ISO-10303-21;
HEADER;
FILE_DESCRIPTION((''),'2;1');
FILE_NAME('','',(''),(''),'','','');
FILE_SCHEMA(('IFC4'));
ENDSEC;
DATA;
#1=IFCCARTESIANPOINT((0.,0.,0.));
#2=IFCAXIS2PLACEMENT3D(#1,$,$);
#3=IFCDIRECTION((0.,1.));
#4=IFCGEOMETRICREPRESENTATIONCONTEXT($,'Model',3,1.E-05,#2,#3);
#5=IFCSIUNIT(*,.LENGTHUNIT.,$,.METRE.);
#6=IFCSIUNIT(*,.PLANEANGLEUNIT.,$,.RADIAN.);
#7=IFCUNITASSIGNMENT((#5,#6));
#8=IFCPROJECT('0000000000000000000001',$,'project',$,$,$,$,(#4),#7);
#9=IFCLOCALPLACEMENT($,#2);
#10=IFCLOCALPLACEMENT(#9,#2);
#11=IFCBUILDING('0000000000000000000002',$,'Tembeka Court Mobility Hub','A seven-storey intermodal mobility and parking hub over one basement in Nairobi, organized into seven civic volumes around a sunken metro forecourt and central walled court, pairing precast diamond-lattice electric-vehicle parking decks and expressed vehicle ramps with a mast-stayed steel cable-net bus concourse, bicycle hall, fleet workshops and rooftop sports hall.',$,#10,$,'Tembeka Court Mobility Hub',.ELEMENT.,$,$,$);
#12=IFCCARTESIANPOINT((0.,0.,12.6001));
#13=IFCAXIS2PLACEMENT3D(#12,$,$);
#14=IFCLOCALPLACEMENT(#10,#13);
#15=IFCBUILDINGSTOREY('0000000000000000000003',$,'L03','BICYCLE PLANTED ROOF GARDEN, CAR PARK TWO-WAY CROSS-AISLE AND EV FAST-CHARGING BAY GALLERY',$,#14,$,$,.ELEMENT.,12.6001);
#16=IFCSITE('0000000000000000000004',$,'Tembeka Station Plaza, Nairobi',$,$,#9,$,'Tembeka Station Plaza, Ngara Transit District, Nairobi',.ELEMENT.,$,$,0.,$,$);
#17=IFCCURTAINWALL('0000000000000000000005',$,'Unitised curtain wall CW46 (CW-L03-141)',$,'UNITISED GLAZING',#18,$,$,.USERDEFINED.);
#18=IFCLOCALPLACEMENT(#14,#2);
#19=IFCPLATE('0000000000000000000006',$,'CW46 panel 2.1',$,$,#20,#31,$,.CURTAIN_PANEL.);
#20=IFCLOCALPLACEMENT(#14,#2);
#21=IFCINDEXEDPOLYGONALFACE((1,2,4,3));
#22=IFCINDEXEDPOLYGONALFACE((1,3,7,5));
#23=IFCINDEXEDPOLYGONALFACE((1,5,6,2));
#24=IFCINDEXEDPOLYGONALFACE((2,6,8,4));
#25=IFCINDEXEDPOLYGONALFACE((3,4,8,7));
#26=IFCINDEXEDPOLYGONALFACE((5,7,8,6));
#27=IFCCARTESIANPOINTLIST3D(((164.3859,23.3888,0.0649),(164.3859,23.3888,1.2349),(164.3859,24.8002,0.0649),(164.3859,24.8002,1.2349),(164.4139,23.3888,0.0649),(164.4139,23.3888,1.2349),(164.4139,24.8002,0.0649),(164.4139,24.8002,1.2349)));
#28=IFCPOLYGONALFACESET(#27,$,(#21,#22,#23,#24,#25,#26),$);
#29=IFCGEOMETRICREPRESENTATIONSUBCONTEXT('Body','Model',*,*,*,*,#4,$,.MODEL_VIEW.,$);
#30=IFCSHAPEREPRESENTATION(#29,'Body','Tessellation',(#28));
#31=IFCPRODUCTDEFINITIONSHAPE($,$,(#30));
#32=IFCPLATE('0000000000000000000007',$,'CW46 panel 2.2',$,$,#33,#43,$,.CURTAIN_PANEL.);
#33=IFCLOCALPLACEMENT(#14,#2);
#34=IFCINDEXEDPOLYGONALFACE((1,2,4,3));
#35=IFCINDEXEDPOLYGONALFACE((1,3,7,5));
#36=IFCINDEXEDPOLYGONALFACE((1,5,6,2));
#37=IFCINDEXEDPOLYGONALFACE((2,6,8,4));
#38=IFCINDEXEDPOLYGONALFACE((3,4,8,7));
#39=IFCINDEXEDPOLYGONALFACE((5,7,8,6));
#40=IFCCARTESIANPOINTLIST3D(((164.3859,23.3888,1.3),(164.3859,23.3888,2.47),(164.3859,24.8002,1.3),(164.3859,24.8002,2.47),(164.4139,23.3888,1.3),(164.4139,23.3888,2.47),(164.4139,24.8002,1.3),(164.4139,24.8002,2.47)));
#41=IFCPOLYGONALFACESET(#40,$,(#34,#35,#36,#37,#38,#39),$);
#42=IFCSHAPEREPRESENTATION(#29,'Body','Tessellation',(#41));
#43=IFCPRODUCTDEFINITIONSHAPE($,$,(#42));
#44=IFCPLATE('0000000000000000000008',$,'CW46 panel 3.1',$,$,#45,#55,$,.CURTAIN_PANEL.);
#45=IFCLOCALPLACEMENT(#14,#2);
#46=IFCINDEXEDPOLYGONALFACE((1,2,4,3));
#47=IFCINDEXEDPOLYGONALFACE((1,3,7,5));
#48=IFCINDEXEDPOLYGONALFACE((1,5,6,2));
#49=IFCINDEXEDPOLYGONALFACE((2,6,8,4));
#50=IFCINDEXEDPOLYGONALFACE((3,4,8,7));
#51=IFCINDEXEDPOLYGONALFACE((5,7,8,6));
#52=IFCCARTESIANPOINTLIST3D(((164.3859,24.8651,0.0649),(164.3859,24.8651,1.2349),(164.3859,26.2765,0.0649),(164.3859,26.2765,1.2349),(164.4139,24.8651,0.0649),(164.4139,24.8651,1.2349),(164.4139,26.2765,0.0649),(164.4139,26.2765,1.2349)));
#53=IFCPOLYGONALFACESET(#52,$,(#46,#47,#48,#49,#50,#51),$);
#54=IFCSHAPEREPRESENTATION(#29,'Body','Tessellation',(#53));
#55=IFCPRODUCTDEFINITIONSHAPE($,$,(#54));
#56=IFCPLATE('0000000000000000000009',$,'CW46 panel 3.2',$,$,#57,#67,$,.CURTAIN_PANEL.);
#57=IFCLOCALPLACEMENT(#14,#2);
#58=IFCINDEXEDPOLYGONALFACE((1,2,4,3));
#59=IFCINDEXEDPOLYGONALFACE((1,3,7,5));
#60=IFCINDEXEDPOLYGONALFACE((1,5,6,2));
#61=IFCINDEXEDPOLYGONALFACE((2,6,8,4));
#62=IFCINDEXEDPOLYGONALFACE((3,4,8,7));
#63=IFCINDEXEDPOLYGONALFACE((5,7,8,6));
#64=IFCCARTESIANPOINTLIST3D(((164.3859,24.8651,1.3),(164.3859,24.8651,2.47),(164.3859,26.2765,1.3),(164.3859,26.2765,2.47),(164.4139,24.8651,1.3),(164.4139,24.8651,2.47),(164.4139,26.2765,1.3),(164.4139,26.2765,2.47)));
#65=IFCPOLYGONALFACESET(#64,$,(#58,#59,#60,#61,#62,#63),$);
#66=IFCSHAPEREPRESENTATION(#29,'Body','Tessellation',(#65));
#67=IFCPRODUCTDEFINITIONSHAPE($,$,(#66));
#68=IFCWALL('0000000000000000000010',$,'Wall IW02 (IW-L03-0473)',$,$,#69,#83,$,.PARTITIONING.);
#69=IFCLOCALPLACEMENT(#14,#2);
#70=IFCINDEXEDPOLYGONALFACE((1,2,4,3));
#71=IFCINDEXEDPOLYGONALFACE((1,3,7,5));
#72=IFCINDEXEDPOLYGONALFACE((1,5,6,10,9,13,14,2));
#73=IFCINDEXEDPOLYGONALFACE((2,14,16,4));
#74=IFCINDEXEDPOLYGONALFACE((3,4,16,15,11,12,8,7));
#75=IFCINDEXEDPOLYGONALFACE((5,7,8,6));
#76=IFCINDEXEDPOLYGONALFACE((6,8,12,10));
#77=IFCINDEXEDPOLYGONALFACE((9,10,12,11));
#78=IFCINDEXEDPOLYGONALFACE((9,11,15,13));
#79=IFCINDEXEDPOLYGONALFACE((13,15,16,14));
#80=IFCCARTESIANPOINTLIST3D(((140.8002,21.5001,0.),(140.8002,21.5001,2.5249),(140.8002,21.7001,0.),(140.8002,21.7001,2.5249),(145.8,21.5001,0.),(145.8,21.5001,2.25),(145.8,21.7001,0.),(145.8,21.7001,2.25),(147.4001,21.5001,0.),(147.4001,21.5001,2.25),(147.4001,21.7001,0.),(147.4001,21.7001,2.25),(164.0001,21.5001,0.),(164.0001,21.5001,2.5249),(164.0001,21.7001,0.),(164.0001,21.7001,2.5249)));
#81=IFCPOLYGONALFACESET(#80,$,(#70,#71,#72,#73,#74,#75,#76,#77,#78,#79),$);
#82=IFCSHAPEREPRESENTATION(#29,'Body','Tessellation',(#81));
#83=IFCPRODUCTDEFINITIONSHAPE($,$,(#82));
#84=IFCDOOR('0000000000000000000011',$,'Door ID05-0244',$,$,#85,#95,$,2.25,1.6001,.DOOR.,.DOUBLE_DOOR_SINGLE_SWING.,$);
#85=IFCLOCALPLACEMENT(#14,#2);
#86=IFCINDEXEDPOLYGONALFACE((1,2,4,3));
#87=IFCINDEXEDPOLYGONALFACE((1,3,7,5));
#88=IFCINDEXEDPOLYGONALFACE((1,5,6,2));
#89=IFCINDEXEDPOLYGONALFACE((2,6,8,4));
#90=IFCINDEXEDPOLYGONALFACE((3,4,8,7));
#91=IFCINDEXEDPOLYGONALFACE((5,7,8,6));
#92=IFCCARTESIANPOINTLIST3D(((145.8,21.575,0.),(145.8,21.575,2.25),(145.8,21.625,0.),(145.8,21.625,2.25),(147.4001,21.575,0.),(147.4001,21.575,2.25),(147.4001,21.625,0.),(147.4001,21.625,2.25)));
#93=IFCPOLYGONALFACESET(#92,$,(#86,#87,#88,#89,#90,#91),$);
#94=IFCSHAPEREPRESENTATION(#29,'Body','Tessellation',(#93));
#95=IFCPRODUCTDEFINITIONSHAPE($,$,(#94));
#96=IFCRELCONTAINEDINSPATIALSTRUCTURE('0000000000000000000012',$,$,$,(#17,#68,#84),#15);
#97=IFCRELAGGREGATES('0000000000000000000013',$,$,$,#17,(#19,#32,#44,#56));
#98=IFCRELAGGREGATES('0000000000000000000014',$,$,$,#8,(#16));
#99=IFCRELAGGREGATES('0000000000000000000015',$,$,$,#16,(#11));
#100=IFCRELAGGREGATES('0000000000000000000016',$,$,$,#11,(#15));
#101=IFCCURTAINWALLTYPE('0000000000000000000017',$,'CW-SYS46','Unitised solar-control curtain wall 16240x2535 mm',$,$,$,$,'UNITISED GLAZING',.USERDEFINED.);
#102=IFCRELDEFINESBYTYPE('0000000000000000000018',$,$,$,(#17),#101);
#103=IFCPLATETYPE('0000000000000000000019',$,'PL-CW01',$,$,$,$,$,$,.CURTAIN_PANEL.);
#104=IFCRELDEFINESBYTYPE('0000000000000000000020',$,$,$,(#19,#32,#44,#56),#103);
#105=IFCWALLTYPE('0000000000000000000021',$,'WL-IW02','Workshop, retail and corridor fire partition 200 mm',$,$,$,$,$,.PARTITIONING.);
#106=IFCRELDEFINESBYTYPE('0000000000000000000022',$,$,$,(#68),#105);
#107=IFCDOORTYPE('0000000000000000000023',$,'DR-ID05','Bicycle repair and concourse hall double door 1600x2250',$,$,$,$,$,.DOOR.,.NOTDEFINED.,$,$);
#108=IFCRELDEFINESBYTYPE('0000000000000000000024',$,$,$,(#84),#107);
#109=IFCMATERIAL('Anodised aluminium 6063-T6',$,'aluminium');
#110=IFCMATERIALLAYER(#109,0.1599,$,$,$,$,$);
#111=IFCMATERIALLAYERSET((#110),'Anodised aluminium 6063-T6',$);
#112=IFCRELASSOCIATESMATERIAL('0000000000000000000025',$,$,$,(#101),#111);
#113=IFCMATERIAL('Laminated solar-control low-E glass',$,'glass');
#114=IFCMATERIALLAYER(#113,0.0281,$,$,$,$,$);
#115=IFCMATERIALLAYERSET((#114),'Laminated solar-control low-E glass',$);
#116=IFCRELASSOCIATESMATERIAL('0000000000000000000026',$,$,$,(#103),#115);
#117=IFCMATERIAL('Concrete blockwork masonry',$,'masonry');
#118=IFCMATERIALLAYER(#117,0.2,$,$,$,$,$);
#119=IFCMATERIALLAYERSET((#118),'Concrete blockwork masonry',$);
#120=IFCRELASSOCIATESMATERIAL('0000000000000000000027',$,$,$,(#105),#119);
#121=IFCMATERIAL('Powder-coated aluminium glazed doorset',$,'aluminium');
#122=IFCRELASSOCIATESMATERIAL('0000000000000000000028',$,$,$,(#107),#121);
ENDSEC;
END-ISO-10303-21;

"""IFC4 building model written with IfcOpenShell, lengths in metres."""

from ifc_helpers import new_model, si_unit, direction, frame, frame_2d, origin, origin_2d, place, context, subcontext, project, spatial, rectangle, extrude, material, layer, layer_set, type_object, element, fill, aggregate, save


model = new_model("IFC4")

# Units and contexts
model_context = context("Model", 3, precision=1e-05, world=origin(), true_north=direction((0.0, 1.0)))
body_context = subcontext(model_context, "Body", "Model", "MODEL_VIEW")
ifc_project = project(units=[si_unit("LENGTHUNIT", "METRE"), si_unit("PLANEANGLEUNIT", "RADIAN")], contexts=[model_context])

# Site, building, storey
site_placement = place(None, origin())
site = spatial("IfcSite", under=ifc_project, at=site_placement, Name="Tembeka Station Plaza, Nairobi", LongName="Tembeka Station Plaza, Ngara Transit District, Nairobi", CompositionType="ELEMENT", RefElevation=0.0)
building_placement = place(site_placement, origin())
building = spatial("IfcBuilding", under=site, at=building_placement, Name="Tembeka Court Mobility Hub", Description="A seven-storey intermodal mobility and parking hub over one basement in Nairobi, organized into seven civic volumes around a sunken metro forecourt and central walled court, pairing precast diamond-lattice electric-vehicle parking decks and expressed vehicle ramps with a mast-stayed steel cable-net bus concourse, bicycle hall, fleet workshops and rooftop sports hall.", LongName="Tembeka Court Mobility Hub", CompositionType="ELEMENT")
storey_placement = place(building_placement, frame((0.0, 0.0, 12.6001)))
storey = spatial("IfcBuildingStorey", under=building, at=storey_placement, Name="L03", Description="BICYCLE PLANTED ROOF GARDEN, CAR PARK TWO-WAY CROSS-AISLE AND EV FAST-CHARGING BAY GALLERY", CompositionType="ELEMENT", Elevation=12.6001)

# Curtain wall, plates
ifc_material_1 = material(Name="Anodised aluminium 6063-T6", Category="aluminium")
ifc_layer_1 = layer(ifc_material_1, 0.1599)
ifc_layer_set_1 = layer_set([ifc_layer_1], Name="Anodised aluminium 6063-T6")
curtain_wall_type = type_object("IfcCurtainWallType", Name="CW-SYS46", Description="Unitised solar-control curtain wall 16240x2535 mm", ElementType="UNITISED GLAZING", PredefinedType="USERDEFINED", material=ifc_layer_set_1)
curtain_wall_placement = place(storey_placement, origin())
curtain_wall = element("IfcCurtainWall", 1, at=curtain_wall_placement, inside=storey, type_object=curtain_wall_type, Name="Unitised curtain wall CW46 (CW-L03-141)", ObjectType="UNITISED GLAZING", PredefinedType="USERDEFINED")
ifc_material_2 = material(Name="Laminated solar-control low-E glass", Category="glass")
ifc_layer_2 = layer(ifc_material_2, 0.0281)
ifc_layer_set_2 = layer_set([ifc_layer_2], Name="Laminated solar-control low-E glass")
plate_type = type_object("IfcPlateType", Name="PL-CW01", PredefinedType="CURTAIN_PANEL", material=ifc_layer_set_2)
plate_1_placement = place(storey_placement, frame((164.3999, 24.0945, 0.0649), z_axis=(0.0, 0.0, 1.0), x_axis=(0.0, 1.0, 0.0)))
plate_1 = element("IfcPlate", 2, at=plate_1_placement, type_object=plate_type, Name="CW46 panel 2.1", PredefinedType="CURTAIN_PANEL", context=body_context, shape_type="SweptSolid", body=[
    extrude(rectangle(XDim=1.4114, YDim=0.0281, at=origin_2d()), origin(), (0.0, 0.0, 1.0), 1.1699),
])
plate_2_placement = place(storey_placement, frame((164.3999, 24.0945, 1.3), z_axis=(0.0, 0.0, 1.0), x_axis=(0.0, 1.0, 0.0)))
plate_2 = element("IfcPlate", 3, at=plate_2_placement, type_object=plate_type, Name="CW46 panel 2.2", PredefinedType="CURTAIN_PANEL", context=body_context, shape_type="SweptSolid", body=[
    extrude(rectangle(XDim=1.4114, YDim=0.0281, at=origin_2d()), origin(), (0.0, 0.0, 1.0), 1.1699),
])
plate_3_placement = place(storey_placement, frame((164.3999, 25.5708, 0.0649), z_axis=(0.0, 0.0, 1.0), x_axis=(0.0, 1.0, 0.0)))
plate_3 = element("IfcPlate", 4, at=plate_3_placement, type_object=plate_type, Name="CW46 panel 3.1", PredefinedType="CURTAIN_PANEL", context=body_context, shape_type="SweptSolid", body=[
    extrude(rectangle(XDim=1.4114, YDim=0.0281, at=origin_2d()), origin(), (0.0, 0.0, 1.0), 1.1699),
])
plate_4_placement = place(storey_placement, frame((164.3999, 25.5708, 1.3), z_axis=(0.0, 0.0, 1.0), x_axis=(0.0, 1.0, 0.0)))
plate_4 = element("IfcPlate", 5, at=plate_4_placement, type_object=plate_type, Name="CW46 panel 3.2", PredefinedType="CURTAIN_PANEL", context=body_context, shape_type="SweptSolid", body=[
    extrude(rectangle(XDim=1.4114, YDim=0.0281, at=origin_2d()), origin(), (0.0, 0.0, 1.0), 1.1699),
])
aggregate(curtain_wall, [plate_1, plate_2, plate_3, plate_4])

# Wall, opening, door
ifc_material_3 = material(Name="Concrete blockwork masonry", Category="masonry")
ifc_layer_3 = layer(ifc_material_3, 0.2)
ifc_layer_set_3 = layer_set([ifc_layer_3], Name="Concrete blockwork masonry")
wall_type = type_object("IfcWallType", Name="WL-IW02", Description="Workshop, retail and corridor fire partition 200 mm", PredefinedType="PARTITIONING", material=ifc_layer_set_3)
wall_placement = place(storey_placement, frame((140.8, 21.6001, 0.0), z_axis=(0.0, 0.0, 1.0), x_axis=(1.0, 0.0, 0.0)))
wall = element("IfcWall", 6, at=wall_placement, inside=storey, type_object=wall_type, Name="Wall IW02 (IW-L03-0473)", PredefinedType="PARTITIONING", context=body_context, shape_type="SweptSolid", body=[
    extrude(rectangle(XDim=23.2, YDim=0.2, at=frame_2d((11.6001, 0.0))), origin(), (0.0, 0.0, 1.0), 2.5249),
])
opening_placement = place(wall_placement, frame((5.0, 0.0, 0.0)))
opening = element("IfcOpeningElement", 7, at=opening_placement, cuts=wall, PredefinedType="OPENING", context=body_context, shape_type="SweptSolid", body=[
    extrude(rectangle(XDim=1.6001, YDim=2.25, at=frame_2d((0.8, 1.125))), frame((0.0, 0.1099, 0.0), z_axis=(0.0, -1.0, 0.0), x_axis=(1.0, 0.0, 0.0)), (0.0, 0.0, 1.0), 0.22),
])
ifc_material_4 = material(Name="Powder-coated aluminium glazed doorset", Category="aluminium")
door_type = type_object("IfcDoorType", Name="DR-ID05", Description="Bicycle repair and concourse hall double door 1600x2250", OperationType="NOTDEFINED", PredefinedType="DOOR", material=ifc_material_4)
door_placement = place(opening_placement, origin())
door = element("IfcDoor", 8, at=door_placement, inside=storey, type_object=door_type, Name="Door ID05-0244", OperationType="DOUBLE_DOOR_SINGLE_SWING", OverallHeight=2.25, OverallWidth=1.6001, PredefinedType="DOOR", context=body_context, shape_type="SweptSolid", body=[
    extrude(rectangle(XDim=1.6001, YDim=2.25, at=frame_2d((0.8, 1.125))), frame((0.0, 0.0249, 0.0), z_axis=(0.0, -1.0, 0.0), x_axis=(1.0, 0.0, 0.0)), (0.0, 0.0, 1.0), 0.05),
])
fill(opening, door)

save(model, "model.ifc")
